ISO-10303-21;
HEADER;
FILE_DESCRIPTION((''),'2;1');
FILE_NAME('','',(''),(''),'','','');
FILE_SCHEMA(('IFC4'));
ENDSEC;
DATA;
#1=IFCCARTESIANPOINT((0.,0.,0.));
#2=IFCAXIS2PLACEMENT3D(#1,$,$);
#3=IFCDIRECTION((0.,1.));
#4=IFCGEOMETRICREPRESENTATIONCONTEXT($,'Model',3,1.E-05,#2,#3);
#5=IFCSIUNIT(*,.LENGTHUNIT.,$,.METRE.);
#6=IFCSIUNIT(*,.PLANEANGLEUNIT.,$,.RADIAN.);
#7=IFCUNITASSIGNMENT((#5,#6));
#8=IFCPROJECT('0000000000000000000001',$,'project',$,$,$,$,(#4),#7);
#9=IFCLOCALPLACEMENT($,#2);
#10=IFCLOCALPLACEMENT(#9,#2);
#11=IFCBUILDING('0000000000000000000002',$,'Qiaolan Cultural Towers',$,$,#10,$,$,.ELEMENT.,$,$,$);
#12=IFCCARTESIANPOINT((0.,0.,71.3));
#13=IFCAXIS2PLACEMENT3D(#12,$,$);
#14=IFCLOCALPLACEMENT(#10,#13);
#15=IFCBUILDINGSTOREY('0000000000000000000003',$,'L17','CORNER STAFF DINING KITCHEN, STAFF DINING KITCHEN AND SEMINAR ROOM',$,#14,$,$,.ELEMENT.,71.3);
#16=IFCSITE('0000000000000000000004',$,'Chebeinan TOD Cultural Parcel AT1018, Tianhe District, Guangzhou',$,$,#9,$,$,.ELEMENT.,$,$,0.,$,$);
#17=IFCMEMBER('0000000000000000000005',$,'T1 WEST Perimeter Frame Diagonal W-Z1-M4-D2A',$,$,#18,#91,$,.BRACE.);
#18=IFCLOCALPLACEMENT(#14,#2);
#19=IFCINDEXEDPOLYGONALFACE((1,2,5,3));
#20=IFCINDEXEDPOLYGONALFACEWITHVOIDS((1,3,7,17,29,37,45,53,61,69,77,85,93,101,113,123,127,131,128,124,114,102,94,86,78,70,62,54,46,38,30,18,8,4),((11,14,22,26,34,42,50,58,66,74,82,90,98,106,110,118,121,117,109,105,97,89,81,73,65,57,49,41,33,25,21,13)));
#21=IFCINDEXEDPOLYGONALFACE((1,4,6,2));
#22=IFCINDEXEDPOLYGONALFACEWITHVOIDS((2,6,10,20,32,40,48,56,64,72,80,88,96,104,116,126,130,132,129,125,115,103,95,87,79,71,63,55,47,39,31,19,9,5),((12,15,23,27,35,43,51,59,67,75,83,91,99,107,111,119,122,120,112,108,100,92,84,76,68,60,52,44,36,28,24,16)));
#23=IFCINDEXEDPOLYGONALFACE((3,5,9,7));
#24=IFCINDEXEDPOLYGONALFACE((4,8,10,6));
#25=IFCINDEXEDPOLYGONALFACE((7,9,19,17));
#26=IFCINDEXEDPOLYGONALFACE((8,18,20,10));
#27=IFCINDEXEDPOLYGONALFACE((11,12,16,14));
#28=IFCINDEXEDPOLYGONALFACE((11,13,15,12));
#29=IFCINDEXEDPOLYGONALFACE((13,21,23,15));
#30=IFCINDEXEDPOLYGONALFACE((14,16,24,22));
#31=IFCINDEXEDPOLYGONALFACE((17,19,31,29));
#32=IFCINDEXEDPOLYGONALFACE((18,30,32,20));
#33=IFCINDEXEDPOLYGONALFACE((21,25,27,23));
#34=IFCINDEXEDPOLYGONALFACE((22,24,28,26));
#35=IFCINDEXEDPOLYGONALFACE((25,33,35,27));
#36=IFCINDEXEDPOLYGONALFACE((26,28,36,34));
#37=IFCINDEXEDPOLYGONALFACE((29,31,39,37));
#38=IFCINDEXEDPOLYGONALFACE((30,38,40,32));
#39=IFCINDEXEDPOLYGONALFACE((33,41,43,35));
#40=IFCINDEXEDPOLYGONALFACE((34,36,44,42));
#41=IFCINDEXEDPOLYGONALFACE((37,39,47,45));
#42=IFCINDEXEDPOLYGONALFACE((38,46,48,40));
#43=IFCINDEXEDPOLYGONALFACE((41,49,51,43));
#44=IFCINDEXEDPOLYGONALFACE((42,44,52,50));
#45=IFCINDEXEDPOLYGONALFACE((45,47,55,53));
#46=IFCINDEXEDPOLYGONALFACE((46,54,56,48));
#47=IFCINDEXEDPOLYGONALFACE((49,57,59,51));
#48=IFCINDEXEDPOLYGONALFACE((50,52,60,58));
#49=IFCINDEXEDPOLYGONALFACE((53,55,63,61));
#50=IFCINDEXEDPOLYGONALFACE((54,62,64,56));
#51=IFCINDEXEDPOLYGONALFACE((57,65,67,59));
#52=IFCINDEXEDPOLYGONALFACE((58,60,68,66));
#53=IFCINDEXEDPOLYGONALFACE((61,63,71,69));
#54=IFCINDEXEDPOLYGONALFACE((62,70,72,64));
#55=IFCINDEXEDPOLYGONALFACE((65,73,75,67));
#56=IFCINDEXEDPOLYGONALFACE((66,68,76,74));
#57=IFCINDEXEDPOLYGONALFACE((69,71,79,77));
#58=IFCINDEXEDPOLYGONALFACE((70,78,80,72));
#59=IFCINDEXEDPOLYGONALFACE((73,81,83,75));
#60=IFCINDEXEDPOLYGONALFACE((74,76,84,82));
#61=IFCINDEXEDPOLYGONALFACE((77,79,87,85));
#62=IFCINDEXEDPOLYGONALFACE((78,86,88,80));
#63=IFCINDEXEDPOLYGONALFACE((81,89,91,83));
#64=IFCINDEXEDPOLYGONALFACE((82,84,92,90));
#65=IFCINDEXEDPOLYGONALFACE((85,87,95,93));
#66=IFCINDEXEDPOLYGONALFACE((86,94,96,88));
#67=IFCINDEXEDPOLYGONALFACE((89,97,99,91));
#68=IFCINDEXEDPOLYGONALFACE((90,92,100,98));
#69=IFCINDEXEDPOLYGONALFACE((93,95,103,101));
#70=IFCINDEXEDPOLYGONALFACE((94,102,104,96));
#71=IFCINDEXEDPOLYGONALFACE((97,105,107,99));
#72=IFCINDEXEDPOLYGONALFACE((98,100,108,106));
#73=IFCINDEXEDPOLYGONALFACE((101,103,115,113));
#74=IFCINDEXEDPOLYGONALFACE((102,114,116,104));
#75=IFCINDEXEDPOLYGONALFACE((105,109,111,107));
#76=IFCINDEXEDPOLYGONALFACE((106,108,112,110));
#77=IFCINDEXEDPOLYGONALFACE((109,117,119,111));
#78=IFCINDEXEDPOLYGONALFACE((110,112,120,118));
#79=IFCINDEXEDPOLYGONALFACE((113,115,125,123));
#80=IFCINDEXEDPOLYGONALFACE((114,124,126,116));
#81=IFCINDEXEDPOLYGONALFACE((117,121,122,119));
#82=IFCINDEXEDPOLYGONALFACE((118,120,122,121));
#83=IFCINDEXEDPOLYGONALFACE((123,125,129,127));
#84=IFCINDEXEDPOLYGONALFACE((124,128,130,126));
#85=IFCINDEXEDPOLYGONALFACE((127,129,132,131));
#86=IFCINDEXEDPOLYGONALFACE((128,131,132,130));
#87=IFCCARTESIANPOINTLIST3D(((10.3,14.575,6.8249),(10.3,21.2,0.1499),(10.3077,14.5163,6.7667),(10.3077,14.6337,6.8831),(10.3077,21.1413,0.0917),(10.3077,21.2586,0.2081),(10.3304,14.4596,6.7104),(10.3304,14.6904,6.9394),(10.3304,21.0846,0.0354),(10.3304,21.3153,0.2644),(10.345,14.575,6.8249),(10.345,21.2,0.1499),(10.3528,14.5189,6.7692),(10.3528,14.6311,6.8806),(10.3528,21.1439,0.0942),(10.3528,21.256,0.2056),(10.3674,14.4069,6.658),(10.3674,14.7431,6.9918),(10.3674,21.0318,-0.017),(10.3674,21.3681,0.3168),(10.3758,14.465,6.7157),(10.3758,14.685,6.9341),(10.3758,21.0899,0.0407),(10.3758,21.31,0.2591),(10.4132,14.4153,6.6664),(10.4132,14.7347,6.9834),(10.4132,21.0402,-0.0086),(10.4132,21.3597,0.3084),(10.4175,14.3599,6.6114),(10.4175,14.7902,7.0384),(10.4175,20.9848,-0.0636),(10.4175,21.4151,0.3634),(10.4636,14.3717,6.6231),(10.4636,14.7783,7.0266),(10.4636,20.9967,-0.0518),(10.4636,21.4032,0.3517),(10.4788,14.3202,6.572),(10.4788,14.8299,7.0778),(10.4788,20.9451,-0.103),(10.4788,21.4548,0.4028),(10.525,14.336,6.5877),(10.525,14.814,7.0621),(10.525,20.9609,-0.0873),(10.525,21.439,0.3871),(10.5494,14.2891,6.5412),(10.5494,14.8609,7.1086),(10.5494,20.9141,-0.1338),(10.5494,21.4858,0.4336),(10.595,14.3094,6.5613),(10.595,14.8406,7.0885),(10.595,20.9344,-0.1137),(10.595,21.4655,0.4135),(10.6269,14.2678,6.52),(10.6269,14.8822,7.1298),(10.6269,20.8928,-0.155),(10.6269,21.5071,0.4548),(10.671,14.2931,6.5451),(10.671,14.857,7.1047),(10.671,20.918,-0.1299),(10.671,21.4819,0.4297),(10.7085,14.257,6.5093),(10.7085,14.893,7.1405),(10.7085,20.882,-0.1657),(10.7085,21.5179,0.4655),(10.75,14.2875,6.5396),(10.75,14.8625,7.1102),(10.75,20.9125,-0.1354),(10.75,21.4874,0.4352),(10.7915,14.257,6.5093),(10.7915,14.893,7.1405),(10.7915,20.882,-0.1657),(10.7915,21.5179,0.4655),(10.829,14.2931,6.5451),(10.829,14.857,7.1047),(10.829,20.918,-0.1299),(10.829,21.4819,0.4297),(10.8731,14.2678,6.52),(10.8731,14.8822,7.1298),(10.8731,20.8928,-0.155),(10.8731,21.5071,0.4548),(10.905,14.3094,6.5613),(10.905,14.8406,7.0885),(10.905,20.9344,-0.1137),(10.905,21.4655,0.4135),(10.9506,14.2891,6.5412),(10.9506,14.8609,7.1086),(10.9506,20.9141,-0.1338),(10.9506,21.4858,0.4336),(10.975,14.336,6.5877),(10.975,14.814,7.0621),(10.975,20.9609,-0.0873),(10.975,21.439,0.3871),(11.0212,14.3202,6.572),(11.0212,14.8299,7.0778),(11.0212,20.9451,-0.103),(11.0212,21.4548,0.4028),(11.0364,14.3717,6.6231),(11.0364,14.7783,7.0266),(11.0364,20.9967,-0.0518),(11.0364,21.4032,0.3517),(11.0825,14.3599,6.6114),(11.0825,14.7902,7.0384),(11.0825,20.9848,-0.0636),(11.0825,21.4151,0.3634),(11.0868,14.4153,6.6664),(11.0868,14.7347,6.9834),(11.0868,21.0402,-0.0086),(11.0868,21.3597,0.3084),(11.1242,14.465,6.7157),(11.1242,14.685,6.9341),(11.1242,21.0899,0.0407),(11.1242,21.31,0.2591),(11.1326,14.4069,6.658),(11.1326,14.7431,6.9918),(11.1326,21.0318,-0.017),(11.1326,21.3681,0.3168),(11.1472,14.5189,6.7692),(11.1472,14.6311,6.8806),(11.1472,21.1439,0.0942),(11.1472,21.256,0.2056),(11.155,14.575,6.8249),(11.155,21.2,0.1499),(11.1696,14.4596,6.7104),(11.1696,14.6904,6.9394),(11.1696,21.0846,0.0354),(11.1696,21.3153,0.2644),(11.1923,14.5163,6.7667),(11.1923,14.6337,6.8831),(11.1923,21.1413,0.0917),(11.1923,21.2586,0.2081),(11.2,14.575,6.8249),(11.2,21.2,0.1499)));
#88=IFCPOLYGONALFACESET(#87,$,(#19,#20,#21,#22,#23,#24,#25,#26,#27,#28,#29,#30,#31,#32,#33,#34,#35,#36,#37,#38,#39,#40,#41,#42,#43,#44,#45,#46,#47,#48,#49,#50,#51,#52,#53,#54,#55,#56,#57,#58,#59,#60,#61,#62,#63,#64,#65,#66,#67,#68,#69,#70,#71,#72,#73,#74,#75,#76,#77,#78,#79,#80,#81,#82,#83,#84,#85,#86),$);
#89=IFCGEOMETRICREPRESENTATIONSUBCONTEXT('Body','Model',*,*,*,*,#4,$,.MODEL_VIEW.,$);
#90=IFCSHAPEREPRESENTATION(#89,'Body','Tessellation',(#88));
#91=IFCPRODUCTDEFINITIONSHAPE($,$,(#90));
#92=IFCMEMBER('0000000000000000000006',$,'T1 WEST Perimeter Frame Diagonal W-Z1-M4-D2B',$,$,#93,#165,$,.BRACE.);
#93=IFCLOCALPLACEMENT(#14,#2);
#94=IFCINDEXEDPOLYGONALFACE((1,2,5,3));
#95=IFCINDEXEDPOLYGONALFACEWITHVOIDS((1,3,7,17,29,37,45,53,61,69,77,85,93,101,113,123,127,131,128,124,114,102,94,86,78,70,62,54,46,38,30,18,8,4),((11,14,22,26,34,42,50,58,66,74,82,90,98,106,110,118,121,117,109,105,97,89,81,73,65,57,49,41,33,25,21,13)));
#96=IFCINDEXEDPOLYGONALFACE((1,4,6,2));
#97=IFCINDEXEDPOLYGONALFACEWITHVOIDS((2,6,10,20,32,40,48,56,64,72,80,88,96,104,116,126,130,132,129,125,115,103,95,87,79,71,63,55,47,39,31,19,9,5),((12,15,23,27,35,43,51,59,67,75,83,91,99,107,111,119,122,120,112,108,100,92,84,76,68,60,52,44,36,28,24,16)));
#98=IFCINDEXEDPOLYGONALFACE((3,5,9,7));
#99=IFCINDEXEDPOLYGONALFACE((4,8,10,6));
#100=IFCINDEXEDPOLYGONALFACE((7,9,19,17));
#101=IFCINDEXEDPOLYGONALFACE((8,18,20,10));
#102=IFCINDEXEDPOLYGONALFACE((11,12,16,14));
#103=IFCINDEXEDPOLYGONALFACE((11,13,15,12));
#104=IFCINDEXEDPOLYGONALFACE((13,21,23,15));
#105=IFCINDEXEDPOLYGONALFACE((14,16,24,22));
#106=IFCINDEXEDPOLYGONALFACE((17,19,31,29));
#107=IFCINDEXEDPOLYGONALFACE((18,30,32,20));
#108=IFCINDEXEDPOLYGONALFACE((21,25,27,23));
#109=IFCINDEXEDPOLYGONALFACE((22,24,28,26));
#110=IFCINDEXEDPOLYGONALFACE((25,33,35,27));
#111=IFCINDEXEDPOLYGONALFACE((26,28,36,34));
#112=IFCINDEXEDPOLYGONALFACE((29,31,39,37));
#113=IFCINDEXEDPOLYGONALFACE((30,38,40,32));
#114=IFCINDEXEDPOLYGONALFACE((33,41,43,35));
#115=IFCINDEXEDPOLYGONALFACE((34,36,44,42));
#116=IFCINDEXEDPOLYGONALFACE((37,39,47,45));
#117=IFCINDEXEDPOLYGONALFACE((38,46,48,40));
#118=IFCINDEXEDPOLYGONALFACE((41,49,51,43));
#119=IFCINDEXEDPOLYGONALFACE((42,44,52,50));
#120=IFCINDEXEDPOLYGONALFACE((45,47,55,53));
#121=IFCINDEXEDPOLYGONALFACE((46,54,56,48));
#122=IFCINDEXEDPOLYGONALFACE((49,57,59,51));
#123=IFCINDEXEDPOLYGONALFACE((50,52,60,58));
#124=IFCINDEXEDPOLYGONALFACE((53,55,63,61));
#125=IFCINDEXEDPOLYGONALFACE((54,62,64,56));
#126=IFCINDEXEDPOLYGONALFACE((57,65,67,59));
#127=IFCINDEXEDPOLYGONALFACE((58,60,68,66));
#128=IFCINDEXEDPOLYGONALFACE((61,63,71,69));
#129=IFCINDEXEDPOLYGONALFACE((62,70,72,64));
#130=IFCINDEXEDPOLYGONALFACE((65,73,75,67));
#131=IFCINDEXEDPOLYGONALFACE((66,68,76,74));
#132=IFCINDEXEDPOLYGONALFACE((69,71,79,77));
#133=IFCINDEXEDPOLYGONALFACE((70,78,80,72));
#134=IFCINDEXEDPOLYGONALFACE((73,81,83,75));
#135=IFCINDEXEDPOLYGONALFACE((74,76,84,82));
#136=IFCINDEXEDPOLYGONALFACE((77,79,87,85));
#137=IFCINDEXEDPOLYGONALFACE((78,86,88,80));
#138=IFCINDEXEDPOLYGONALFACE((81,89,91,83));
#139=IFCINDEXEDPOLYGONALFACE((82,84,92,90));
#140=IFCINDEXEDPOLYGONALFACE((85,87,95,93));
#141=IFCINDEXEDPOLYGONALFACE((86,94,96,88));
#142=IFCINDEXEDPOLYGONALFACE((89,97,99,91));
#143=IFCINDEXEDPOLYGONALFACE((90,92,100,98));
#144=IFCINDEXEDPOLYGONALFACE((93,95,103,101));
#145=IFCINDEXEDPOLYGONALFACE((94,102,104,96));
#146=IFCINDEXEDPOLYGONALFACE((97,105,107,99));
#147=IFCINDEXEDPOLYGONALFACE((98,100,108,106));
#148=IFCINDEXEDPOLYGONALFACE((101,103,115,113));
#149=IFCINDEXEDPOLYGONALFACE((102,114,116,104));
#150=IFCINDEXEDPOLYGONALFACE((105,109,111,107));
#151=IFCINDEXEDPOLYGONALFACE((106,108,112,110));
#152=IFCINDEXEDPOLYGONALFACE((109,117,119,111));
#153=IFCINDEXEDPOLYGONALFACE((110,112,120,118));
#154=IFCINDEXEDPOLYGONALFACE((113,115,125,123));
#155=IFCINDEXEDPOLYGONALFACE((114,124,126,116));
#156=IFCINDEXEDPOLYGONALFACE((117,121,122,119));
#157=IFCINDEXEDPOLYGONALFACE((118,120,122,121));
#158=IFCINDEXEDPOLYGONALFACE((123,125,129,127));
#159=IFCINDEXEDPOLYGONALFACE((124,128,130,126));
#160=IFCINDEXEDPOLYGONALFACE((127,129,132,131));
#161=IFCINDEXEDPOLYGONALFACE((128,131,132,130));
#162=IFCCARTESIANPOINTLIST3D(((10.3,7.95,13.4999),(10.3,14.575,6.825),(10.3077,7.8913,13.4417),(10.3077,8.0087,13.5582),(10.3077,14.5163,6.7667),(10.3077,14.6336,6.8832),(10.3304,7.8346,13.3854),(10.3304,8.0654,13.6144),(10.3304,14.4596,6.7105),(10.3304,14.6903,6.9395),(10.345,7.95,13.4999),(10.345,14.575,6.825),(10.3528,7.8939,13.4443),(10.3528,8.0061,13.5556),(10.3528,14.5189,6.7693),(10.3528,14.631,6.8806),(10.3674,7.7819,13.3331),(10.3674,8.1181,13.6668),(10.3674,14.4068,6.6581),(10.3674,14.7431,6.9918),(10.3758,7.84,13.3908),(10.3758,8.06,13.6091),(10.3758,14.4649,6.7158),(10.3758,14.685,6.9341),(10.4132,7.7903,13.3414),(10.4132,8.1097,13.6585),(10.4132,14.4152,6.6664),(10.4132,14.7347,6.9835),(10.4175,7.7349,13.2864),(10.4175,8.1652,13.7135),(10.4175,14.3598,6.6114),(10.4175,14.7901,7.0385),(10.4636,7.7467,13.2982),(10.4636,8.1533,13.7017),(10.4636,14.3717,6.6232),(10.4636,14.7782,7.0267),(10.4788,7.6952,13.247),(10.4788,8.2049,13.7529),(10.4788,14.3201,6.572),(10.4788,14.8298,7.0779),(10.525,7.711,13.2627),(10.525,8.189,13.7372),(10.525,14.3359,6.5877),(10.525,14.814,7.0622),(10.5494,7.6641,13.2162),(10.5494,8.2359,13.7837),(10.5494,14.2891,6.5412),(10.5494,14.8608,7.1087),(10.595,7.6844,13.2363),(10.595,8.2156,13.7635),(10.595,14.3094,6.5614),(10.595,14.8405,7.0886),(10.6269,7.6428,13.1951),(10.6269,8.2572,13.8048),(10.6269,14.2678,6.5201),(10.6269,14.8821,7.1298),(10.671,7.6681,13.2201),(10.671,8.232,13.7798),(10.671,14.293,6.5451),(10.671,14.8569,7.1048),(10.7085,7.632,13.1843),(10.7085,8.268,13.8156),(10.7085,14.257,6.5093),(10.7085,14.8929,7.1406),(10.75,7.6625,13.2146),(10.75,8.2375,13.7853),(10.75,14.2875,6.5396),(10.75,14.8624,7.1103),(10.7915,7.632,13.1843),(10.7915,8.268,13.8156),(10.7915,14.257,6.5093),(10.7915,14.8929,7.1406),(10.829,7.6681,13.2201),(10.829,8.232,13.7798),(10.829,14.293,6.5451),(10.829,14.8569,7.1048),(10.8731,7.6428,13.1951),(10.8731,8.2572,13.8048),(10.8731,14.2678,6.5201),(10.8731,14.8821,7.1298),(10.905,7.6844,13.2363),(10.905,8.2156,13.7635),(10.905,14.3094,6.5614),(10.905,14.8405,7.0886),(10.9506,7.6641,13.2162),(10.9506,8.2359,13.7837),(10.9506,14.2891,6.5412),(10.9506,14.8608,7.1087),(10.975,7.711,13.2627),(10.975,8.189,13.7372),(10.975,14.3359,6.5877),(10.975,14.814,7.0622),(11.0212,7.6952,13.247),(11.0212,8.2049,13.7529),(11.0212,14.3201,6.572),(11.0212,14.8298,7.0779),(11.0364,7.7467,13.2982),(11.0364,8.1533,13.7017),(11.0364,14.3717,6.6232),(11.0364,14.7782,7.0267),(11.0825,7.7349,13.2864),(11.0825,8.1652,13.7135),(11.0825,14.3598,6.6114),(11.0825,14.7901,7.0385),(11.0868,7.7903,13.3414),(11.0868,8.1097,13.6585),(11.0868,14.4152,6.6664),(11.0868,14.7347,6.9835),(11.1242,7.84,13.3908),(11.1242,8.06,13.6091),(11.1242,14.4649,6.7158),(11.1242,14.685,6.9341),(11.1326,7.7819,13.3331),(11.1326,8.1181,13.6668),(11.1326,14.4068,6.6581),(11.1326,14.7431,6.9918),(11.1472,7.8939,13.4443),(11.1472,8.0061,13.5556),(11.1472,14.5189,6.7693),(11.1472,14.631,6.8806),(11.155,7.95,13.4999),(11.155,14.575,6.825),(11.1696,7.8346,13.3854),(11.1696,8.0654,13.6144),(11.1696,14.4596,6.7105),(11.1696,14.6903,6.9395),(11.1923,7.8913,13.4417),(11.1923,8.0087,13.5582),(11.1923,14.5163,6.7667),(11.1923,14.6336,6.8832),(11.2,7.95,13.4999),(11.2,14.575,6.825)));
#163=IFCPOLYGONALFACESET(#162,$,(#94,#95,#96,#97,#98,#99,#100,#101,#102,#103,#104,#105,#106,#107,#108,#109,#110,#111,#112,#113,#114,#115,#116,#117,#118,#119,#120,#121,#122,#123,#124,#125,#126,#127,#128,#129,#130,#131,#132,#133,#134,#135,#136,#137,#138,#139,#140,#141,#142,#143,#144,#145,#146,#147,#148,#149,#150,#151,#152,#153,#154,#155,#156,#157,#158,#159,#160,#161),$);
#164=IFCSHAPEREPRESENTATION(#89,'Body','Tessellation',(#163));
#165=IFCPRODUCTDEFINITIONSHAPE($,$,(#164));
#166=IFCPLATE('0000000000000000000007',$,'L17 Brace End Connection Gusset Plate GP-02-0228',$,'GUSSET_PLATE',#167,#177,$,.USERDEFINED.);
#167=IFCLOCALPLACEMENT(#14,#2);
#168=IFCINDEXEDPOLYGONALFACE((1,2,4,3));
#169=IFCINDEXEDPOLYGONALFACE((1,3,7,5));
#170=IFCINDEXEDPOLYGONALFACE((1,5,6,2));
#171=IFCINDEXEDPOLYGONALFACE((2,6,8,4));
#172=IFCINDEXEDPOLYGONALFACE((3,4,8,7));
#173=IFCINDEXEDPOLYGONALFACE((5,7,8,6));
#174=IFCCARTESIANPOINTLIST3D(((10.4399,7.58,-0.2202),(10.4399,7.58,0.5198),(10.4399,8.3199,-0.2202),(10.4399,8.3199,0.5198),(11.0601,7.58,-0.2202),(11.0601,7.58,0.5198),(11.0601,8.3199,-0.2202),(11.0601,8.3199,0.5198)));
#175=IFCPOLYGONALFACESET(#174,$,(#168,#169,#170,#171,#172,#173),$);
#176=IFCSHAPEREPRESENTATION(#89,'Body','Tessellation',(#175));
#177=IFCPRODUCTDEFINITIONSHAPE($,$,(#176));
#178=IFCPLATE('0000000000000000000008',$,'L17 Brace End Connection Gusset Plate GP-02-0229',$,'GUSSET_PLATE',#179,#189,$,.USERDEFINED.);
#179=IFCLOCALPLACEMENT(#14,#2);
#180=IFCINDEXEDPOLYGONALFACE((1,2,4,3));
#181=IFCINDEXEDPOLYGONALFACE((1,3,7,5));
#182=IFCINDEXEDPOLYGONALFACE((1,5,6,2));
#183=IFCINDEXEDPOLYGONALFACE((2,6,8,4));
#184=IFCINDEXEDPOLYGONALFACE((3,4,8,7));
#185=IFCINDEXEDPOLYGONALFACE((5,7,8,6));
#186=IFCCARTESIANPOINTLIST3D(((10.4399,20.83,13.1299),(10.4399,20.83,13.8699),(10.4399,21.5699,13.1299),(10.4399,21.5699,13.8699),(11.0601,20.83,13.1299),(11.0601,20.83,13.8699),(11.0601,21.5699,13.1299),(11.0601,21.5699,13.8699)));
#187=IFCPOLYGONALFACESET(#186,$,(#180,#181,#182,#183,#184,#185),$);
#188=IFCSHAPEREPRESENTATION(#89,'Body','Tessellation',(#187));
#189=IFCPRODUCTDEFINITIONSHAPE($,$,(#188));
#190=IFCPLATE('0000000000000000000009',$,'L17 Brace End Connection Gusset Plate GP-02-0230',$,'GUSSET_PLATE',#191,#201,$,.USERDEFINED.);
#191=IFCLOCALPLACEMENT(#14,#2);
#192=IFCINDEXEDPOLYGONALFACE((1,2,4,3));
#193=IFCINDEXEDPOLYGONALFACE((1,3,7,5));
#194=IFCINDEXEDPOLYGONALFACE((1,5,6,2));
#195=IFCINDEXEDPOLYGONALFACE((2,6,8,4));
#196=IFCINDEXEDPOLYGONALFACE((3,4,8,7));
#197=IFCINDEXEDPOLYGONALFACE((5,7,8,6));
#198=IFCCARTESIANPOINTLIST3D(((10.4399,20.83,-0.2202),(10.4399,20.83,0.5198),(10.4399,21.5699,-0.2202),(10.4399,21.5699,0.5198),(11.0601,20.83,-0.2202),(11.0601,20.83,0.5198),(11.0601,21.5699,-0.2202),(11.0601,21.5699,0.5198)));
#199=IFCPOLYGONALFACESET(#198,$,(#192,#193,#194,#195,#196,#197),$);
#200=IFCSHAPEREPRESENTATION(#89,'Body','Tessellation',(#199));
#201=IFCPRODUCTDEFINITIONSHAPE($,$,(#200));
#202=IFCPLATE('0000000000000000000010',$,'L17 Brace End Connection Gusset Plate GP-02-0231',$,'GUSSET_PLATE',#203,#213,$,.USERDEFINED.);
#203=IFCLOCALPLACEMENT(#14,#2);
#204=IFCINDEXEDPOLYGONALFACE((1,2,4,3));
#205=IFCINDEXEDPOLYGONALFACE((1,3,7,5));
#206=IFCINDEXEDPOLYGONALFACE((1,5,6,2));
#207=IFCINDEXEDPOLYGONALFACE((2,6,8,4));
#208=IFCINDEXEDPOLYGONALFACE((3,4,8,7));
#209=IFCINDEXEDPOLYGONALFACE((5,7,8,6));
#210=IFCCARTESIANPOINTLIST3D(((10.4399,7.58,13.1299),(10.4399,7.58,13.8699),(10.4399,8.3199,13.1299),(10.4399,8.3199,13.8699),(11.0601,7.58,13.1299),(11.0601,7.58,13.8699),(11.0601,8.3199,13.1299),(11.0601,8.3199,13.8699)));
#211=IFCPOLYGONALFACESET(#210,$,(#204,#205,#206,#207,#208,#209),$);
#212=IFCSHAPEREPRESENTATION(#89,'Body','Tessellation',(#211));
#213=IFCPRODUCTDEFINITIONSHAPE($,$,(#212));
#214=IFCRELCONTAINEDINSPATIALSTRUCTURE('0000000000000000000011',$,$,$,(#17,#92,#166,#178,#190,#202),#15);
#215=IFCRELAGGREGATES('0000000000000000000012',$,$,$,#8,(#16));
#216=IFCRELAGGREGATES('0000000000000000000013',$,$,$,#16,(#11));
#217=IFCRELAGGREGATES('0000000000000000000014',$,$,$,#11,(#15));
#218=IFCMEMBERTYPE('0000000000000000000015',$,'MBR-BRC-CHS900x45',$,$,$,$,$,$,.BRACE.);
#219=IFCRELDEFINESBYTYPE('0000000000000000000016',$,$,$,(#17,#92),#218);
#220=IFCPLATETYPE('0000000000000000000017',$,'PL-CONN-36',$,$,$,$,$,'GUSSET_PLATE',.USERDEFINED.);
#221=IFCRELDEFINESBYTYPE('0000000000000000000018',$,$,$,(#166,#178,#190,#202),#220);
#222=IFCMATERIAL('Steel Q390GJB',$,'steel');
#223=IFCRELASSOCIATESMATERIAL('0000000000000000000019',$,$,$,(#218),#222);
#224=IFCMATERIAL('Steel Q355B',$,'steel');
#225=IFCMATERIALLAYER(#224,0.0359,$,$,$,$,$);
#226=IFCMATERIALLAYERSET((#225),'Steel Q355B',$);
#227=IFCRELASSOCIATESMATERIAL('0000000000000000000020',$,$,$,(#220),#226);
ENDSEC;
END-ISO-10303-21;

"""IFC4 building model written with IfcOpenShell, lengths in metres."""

from ifc_helpers import new_model, si_unit, direction, frame, origin, origin_2d, place, context, subcontext, project, spatial, rectangle, hollow_circle, extrude, material, layer, layer_set, material_profile, profile_set, type_object, element, save


model = new_model("IFC4")

# Units and contexts
model_context = context("Model", 3, precision=1e-05, world=origin(), true_north=direction((0.0, 1.0)))
body_context = subcontext(model_context, "Body", "Model", "MODEL_VIEW")
ifc_project = project(units=[si_unit("LENGTHUNIT", "METRE"), si_unit("PLANEANGLEUNIT", "RADIAN")], contexts=[model_context])

# Site, building, storey
site_placement = place(None, origin())
site = spatial("IfcSite", under=ifc_project, at=site_placement, Name="Chebeinan TOD Cultural Parcel AT1018, Tianhe District, Guangzhou", CompositionType="ELEMENT", RefElevation=0.0)
building_placement = place(site_placement, origin())
building = spatial("IfcBuilding", under=site, at=building_placement, Name="Qiaolan Cultural Towers", CompositionType="ELEMENT")
storey_placement = place(building_placement, frame((0.0, 0.0, 71.3)))
storey = spatial("IfcBuildingStorey", under=building, at=storey_placement, Name="L17", Description="CORNER STAFF DINING KITCHEN, STAFF DINING KITCHEN AND SEMINAR ROOM", CompositionType="ELEMENT", Elevation=71.3)

# Members
ifc_material_1 = material(Name="Steel Q390GJB", Category="steel")
ifc_material_profile_1 = material_profile(ifc_material_1, hollow_circle(Radius=0.45, WallThickness=0.0449, at=origin_2d()), Name="CHS900x45")
ifc_profile_set_1 = profile_set([ifc_material_profile_1], Name="Steel Q390GJB")
member_type = type_object("IfcMemberType", Name="MBR-BRC-CHS900x45", PredefinedType="BRACE", material=ifc_profile_set_1)
for number, where, z_axis, x_axis, name in (
    (1, (10.75, 21.2, 0.1499), (0.0, -0.704441, 0.709763), (1.0, 0.0, 0.0), "T1 WEST Perimeter Frame Diagonal W-Z1-M4-D2A"),
    (2, (10.75, 14.575, 6.825), (0.0, -0.704441, 0.709763), (1.0, 0.0, 0.0), "T1 WEST Perimeter Frame Diagonal W-Z1-M4-D2B"),
):
    element("IfcMember", number, at=place(storey_placement, frame(where, z_axis=z_axis, x_axis=x_axis)), inside=storey, type_object=member_type, Name=name, PredefinedType="BRACE", context=body_context, shape_type="SweptSolid", body=[
        extrude(hollow_circle(Radius=0.45, WallThickness=0.0449, at=origin_2d()), origin(), (0.0, 0.0, 1.0), 9.4045),
    ])

# Plates
ifc_material_2 = material(Name="Steel Q355B", Category="steel")
ifc_layer_1 = layer(ifc_material_2, 0.0359)
ifc_layer_set_1 = layer_set([ifc_layer_1], Name="Steel Q355B")
plate_type_1 = type_object("IfcPlateType", Name="PL-CONN-36", ElementType="GUSSET_PLATE", PredefinedType="USERDEFINED", material=ifc_layer_set_1)
for number, where, z_axis, x_axis, name in (
    (3, (10.75, 7.95, -0.2202), (0.0, 0.0, 1.0), (0.0, 1.0, 0.0), "L17 Brace End Connection Gusset Plate GP-02-0228"),
    (4, (10.75, 21.2, 13.1299), (0.0, 0.0, 1.0), (0.0, 1.0, 0.0), "L17 Brace End Connection Gusset Plate GP-02-0229"),
    (5, (10.75, 21.2, -0.2202), (0.0, 0.0, 1.0), (0.0, 1.0, 0.0), "L17 Brace End Connection Gusset Plate GP-02-0230"),
    (6, (10.75, 7.95, 13.1299), (0.0, 0.0, 1.0), (0.0, 1.0, 0.0), "L17 Brace End Connection Gusset Plate GP-02-0231"),
):
    element("IfcPlate", number, at=place(storey_placement, frame(where, z_axis=z_axis, x_axis=x_axis)), inside=storey, type_object=plate_type_1, Name=name, ObjectType="GUSSET_PLATE", PredefinedType="USERDEFINED", context=body_context, shape_type="SweptSolid", body=[
        extrude(rectangle(XDim=0.74, YDim=0.6201, at=origin_2d()), origin(), (0.0, 0.0, 1.0), 0.74),
    ])

save(model, "model.ifc")
